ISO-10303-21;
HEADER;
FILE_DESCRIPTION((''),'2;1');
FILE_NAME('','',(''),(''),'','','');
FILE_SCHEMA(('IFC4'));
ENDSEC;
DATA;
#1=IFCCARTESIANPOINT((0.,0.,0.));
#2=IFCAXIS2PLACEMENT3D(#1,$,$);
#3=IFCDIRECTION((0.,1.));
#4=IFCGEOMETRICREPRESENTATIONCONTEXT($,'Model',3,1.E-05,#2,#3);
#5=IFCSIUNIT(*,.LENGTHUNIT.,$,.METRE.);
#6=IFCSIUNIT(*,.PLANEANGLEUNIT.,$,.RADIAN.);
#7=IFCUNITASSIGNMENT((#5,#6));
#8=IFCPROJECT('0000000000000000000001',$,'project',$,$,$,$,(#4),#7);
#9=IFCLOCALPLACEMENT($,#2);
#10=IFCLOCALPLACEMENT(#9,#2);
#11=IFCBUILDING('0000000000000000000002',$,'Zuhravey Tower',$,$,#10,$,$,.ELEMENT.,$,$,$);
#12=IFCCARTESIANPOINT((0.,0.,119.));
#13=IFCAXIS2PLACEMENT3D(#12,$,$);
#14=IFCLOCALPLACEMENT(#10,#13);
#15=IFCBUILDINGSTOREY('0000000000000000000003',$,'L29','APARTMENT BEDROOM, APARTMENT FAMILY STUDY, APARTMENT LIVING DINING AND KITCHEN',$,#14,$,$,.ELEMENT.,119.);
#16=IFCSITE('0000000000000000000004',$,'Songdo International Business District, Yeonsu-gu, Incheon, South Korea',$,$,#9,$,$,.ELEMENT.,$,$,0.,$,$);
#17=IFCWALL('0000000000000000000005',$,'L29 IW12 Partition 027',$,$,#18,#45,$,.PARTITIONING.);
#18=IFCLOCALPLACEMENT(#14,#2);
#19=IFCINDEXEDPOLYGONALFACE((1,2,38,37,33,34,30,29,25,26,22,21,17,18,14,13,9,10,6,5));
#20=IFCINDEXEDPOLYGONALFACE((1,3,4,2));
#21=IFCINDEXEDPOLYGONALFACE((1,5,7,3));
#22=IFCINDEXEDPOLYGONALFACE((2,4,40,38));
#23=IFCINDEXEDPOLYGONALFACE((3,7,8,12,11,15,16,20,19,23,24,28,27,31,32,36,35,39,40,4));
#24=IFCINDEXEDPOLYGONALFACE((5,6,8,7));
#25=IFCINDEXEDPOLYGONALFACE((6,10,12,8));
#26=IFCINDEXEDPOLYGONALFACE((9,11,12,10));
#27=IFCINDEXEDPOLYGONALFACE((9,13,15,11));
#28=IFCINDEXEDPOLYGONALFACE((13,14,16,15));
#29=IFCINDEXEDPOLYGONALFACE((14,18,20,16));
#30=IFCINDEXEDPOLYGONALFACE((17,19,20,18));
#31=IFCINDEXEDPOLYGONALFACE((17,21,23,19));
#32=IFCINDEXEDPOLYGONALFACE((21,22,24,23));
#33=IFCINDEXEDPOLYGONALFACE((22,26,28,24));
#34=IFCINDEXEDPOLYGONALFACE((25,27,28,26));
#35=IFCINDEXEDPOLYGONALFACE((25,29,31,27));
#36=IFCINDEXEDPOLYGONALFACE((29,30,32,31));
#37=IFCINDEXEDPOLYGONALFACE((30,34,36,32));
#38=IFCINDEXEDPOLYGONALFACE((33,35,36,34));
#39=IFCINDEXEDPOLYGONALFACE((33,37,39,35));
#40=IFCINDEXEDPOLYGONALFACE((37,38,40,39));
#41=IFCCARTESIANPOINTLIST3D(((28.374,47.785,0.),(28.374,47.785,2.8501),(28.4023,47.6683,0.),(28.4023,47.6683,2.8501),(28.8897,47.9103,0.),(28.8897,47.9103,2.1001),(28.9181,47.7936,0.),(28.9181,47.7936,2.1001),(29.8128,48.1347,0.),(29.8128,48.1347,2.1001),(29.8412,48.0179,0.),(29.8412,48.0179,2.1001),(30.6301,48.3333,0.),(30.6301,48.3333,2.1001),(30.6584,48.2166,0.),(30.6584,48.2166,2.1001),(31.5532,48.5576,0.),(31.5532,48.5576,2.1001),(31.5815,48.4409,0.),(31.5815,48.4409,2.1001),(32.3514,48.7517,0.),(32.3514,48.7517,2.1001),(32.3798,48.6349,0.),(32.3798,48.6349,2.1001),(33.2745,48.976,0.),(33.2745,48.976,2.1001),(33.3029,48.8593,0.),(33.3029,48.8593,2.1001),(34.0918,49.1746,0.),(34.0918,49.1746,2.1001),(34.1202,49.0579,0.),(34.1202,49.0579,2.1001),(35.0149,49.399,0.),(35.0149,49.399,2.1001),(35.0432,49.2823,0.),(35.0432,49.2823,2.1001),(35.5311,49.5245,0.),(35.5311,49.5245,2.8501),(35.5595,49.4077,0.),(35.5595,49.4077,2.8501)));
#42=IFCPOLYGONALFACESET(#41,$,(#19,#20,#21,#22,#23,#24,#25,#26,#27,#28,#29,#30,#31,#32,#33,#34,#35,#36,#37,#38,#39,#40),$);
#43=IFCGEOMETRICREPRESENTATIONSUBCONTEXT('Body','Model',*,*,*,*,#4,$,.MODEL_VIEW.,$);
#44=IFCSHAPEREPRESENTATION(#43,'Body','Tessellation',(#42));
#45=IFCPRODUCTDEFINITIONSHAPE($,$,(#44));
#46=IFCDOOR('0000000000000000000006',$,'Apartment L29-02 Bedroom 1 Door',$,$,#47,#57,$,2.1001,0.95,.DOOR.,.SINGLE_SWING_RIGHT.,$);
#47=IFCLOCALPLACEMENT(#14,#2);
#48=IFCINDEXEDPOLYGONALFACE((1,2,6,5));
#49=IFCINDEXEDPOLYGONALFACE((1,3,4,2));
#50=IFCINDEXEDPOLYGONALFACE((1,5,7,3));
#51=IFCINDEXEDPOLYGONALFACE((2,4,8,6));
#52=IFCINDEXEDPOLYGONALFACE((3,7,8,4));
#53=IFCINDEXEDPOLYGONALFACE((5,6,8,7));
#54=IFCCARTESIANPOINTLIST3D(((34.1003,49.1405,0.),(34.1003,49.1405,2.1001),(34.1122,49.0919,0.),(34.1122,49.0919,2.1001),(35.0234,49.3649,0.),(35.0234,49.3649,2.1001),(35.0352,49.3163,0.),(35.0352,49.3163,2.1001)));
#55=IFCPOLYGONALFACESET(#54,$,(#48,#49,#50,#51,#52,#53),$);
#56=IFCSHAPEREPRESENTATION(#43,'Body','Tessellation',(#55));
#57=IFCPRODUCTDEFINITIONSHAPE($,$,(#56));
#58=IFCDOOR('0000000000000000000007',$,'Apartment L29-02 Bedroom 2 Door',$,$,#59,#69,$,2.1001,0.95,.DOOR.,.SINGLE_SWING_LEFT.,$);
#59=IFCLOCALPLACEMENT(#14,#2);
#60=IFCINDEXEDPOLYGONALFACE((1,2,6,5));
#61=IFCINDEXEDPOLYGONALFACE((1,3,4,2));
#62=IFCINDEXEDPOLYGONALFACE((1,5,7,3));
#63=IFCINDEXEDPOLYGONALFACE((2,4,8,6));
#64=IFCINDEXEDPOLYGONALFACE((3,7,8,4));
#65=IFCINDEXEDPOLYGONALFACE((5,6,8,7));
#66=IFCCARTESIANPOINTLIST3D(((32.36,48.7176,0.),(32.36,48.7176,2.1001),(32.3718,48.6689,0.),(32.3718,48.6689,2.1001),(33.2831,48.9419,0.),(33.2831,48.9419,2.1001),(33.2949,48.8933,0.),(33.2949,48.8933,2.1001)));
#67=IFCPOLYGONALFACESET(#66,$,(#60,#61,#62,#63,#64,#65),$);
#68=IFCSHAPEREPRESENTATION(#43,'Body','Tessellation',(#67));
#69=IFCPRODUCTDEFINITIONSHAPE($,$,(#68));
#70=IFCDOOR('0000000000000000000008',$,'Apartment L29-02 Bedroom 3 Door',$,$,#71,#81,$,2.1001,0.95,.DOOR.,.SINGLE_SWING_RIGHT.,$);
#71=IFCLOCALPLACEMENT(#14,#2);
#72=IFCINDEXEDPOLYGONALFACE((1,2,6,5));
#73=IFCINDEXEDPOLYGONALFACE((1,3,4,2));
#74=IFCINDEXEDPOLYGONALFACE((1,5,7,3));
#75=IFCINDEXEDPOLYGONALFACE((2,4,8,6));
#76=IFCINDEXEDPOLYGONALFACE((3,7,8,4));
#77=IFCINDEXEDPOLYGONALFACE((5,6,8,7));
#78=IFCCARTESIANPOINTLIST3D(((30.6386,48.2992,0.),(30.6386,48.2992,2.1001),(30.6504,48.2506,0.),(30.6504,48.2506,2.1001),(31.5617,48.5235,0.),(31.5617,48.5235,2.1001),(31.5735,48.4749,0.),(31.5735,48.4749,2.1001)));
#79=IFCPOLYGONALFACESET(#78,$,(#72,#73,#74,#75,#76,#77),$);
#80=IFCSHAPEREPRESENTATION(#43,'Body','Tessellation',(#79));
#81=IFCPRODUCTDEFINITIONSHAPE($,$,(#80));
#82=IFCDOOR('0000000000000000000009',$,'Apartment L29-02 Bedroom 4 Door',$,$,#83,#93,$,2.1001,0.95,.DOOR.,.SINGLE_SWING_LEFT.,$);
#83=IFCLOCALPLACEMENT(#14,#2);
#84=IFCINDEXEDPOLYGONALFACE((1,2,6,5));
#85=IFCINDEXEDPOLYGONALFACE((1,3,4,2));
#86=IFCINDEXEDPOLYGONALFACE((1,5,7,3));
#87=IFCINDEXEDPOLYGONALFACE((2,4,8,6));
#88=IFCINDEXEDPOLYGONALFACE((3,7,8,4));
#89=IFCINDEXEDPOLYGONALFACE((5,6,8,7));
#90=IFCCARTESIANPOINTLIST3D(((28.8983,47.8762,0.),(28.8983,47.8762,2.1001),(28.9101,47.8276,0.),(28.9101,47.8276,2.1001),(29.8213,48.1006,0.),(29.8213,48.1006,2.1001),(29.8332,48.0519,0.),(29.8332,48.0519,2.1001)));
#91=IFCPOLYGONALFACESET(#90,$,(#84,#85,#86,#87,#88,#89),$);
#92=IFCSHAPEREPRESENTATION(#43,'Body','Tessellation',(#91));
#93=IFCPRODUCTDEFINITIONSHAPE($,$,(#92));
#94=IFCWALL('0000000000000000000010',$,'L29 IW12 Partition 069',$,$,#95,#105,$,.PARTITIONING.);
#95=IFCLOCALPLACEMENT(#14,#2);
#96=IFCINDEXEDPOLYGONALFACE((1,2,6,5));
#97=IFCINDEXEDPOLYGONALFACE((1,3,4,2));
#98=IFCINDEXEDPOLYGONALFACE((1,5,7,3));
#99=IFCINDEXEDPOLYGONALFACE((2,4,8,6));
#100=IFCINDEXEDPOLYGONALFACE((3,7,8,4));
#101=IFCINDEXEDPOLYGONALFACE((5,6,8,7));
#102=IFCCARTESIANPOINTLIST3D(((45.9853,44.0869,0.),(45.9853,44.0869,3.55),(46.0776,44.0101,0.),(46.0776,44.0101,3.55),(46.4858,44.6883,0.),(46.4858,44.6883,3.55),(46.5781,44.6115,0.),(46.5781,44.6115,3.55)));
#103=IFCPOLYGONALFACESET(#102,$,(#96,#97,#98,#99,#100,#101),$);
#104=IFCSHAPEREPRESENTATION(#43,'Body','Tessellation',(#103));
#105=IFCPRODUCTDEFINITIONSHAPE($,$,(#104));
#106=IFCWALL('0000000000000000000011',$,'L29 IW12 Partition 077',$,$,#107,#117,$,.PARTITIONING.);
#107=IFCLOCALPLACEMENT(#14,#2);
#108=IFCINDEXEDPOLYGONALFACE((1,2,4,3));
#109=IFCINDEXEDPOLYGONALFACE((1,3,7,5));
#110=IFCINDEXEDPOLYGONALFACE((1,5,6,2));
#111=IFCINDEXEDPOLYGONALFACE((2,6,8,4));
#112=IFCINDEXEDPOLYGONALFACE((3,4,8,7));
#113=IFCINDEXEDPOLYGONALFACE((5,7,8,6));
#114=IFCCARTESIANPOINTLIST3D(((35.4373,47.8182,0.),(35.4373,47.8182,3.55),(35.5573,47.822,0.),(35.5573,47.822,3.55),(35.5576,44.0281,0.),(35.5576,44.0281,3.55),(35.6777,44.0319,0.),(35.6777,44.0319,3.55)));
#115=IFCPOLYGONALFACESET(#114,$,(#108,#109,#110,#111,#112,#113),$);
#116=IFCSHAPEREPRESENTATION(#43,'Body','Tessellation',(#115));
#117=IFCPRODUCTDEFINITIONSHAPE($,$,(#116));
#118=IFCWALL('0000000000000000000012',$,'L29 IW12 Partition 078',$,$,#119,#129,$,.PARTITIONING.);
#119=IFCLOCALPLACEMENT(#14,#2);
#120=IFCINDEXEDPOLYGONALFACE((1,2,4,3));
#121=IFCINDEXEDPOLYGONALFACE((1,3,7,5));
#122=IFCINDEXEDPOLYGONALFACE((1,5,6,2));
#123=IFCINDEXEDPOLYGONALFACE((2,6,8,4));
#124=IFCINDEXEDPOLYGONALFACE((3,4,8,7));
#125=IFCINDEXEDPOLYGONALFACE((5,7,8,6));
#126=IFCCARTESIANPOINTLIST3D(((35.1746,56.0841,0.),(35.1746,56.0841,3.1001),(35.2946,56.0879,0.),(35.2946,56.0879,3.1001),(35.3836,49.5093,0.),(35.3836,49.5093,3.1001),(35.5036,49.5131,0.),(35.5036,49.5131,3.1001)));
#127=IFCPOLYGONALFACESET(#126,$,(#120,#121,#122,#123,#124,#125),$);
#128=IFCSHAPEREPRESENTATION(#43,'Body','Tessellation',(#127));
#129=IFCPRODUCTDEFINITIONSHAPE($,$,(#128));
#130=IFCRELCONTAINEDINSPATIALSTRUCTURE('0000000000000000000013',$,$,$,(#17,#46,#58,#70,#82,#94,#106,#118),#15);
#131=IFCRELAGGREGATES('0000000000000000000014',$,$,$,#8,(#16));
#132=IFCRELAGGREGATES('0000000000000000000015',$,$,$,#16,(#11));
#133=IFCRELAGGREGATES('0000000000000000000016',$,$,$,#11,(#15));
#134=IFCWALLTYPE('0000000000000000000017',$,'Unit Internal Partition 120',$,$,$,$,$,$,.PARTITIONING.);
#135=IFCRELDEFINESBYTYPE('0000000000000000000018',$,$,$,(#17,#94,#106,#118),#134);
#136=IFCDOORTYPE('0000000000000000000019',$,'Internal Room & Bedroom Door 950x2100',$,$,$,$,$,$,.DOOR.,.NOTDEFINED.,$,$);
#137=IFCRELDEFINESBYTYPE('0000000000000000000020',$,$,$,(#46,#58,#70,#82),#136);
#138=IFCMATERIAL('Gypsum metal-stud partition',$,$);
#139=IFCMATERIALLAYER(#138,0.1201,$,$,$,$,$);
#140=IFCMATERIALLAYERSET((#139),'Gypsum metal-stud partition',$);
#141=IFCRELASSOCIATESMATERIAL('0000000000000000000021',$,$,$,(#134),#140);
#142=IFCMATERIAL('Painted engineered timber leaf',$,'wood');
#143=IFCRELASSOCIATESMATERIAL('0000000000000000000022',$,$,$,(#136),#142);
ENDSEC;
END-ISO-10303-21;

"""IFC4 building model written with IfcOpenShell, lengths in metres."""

from ifc_helpers import new_model, si_unit, direction, frame, frame_2d, origin, place, context, subcontext, project, spatial, rectangle, extrude, material, layer, layer_set, type_object, element, fill, save


model = new_model("IFC4")

# Units and contexts
model_context = context("Model", 3, precision=1e-05, world=origin(), true_north=direction((0.0, 1.0)))
body_context = subcontext(model_context, "Body", "Model", "MODEL_VIEW")
ifc_project = project(units=[si_unit("LENGTHUNIT", "METRE"), si_unit("PLANEANGLEUNIT", "RADIAN")], contexts=[model_context])

# Site, building, storey
site_placement = place(None, origin())
site = spatial("IfcSite", under=ifc_project, at=site_placement, Name="Songdo International Business District, Yeonsu-gu, Incheon, South Korea", CompositionType="ELEMENT", RefElevation=0.0)
building_placement = place(site_placement, origin())
building = spatial("IfcBuilding", under=site, at=building_placement, Name="Zuhravey Tower", CompositionType="ELEMENT")
storey_placement = place(building_placement, frame((0.0, 0.0, 119.0)))
storey = spatial("IfcBuildingStorey", under=building, at=storey_placement, Name="L29", Description="APARTMENT BEDROOM, APARTMENT FAMILY STUDY, APARTMENT LIVING DINING AND KITCHEN", CompositionType="ELEMENT", Elevation=119.0)

# Shared definitions
ifc_material_1 = material(Name="Gypsum metal-stud partition")
ifc_layer_1 = layer(ifc_material_1, 0.1201)
ifc_layer_set_1 = layer_set([ifc_layer_1], Name="Gypsum metal-stud partition")
wall_type_1 = type_object("IfcWallType", Name="Unit Internal Partition 120", PredefinedType="PARTITIONING", material=ifc_layer_set_1)
ifc_material_2 = material(Name="Painted engineered timber leaf", Category="wood")
door_type_1 = type_object("IfcDoorType", Name="Internal Room & Bedroom Door 950x2100", OperationType="NOTDEFINED", PredefinedType="DOOR", material=ifc_material_2)

# Wall, openings, doors
wall_1_placement = place(storey_placement, frame((35.5452, 49.4661, 0.0), z_axis=(0.0, 0.0, 1.0), x_axis=(-0.971713, -0.236166, 0.0)))
wall_1 = element("IfcWall", 1, at=wall_1_placement, inside=storey, type_object=wall_type_1, Name="L29 IW12 Partition 027", PredefinedType="PARTITIONING", context=body_context, shape_type="SweptSolid", body=[
    extrude(rectangle(XDim=7.3655, YDim=0.1201, at=frame_2d((3.6826, 0.0))), origin(), (0.0, 0.0, 1.0), 2.8501),
])
opening_1_placement = place(wall_1_placement, frame((0.531, 0.0, 0.0)))
opening_1 = element("IfcOpeningElement", 2, at=opening_1_placement, cuts=wall_1, PredefinedType="OPENING", context=body_context, shape_type="SweptSolid", body=[
    extrude(rectangle(XDim=0.95, YDim=2.1001, at=frame_2d((0.4751, 1.05))), frame((0.0, 0.072, 0.0), z_axis=(0.0, -1.0, 0.0), x_axis=(1.0, 0.0, 0.0)), (0.0, 0.0, 1.0), 0.144),
])
opening_2_placement = place(wall_1_placement, frame((2.322, 0.0, 0.0)))
opening_2 = element("IfcOpeningElement", 3, at=opening_2_placement, cuts=wall_1, PredefinedType="OPENING", context=body_context, shape_type="SweptSolid", body=[
    extrude(rectangle(XDim=0.95, YDim=2.1001, at=frame_2d((0.4751, 1.05))), frame((0.0, 0.072, 0.0), z_axis=(0.0, -1.0, 0.0), x_axis=(1.0, 0.0, 0.0)), (0.0, 0.0, 1.0), 0.144),
])
opening_3_placement = place(wall_1_placement, frame((4.0935, 0.0, 0.0)))
opening_3 = element("IfcOpeningElement", 4, at=opening_3_placement, cuts=wall_1, PredefinedType="OPENING", context=body_context, shape_type="SweptSolid", body=[
    extrude(rectangle(XDim=0.95, YDim=2.1001, at=frame_2d((0.4751, 1.05))), frame((0.0, 0.072, 0.0), z_axis=(0.0, -1.0, 0.0), x_axis=(1.0, 0.0, 0.0)), (0.0, 0.0, 1.0), 0.144),
])
opening_4_placement = place(wall_1_placement, frame((5.8845, 0.0, 0.0)))
opening_4 = element("IfcOpeningElement", 5, at=opening_4_placement, cuts=wall_1, PredefinedType="OPENING", context=body_context, shape_type="SweptSolid", body=[
    extrude(rectangle(XDim=0.95, YDim=2.1001, at=frame_2d((0.4751, 1.05))), frame((0.0, 0.072, 0.0), z_axis=(0.0, -1.0, 0.0), x_axis=(1.0, 0.0, 0.0)), (0.0, 0.0, 1.0), 0.144),
])
door_1_placement = place(opening_1_placement, frame((0.95, 0.0, 0.0), z_axis=(0.0, 0.0, 1.0), x_axis=(-1.0, 0.0, 0.0)))
door_1 = element("IfcDoor", 6, at=door_1_placement, inside=storey, type_object=door_type_1, Name="Apartment L29-02 Bedroom 1 Door", OperationType="SINGLE_SWING_RIGHT", OverallHeight=2.1001, OverallWidth=0.95, PredefinedType="DOOR", context=body_context, shape_type="SweptSolid", body=[
    extrude(rectangle(XDim=0.95, YDim=2.1001, at=frame_2d((0.4751, 1.05))), frame((0.0, 0.0249, 0.0), z_axis=(0.0, -1.0, 0.0), x_axis=(1.0, 0.0, 0.0)), (0.0, 0.0, 1.0), 0.05),
])
fill(opening_1, door_1)
door_2_placement = place(opening_2_placement, frame((0.95, 0.0, 0.0), z_axis=(0.0, 0.0, 1.0), x_axis=(-1.0, 0.0, 0.0)))
door_2 = element("IfcDoor", 7, at=door_2_placement, inside=storey, type_object=door_type_1, Name="Apartment L29-02 Bedroom 2 Door", OperationType="SINGLE_SWING_LEFT", OverallHeight=2.1001, OverallWidth=0.95, PredefinedType="DOOR", context=body_context, shape_type="SweptSolid", body=[
    extrude(rectangle(XDim=0.95, YDim=2.1001, at=frame_2d((0.4751, 1.05))), frame((0.0, 0.0249, 0.0), z_axis=(0.0, -1.0, 0.0), x_axis=(1.0, 0.0, 0.0)), (0.0, 0.0, 1.0), 0.05),
])
fill(opening_2, door_2)
door_3_placement = place(opening_3_placement, frame((0.95, 0.0, 0.0), z_axis=(0.0, 0.0, 1.0), x_axis=(-1.0, 0.0, 0.0)))
door_3 = element("IfcDoor", 8, at=door_3_placement, inside=storey, type_object=door_type_1, Name="Apartment L29-02 Bedroom 3 Door", OperationType="SINGLE_SWING_RIGHT", OverallHeight=2.1001, OverallWidth=0.95, PredefinedType="DOOR", context=body_context, shape_type="SweptSolid", body=[
    extrude(rectangle(XDim=0.95, YDim=2.1001, at=frame_2d((0.4751, 1.05))), frame((0.0, 0.0249, 0.0), z_axis=(0.0, -1.0, 0.0), x_axis=(1.0, 0.0, 0.0)), (0.0, 0.0, 1.0), 0.05),
])
fill(opening_3, door_3)
door_4_placement = place(opening_4_placement, frame((0.95, 0.0, 0.0), z_axis=(0.0, 0.0, 1.0), x_axis=(-1.0, 0.0, 0.0)))
door_4 = element("IfcDoor", 9, at=door_4_placement, inside=storey, type_object=door_type_1, Name="Apartment L29-02 Bedroom 4 Door", OperationType="SINGLE_SWING_LEFT", OverallHeight=2.1001, OverallWidth=0.95, PredefinedType="DOOR", context=body_context, shape_type="SweptSolid", body=[
    extrude(rectangle(XDim=0.95, YDim=2.1001, at=frame_2d((0.4751, 1.05))), frame((0.0, 0.0249, 0.0), z_axis=(0.0, -1.0, 0.0), x_axis=(1.0, 0.0, 0.0)), (0.0, 0.0, 1.0), 0.05),
])
fill(opening_4, door_4)

# Walls
wall_2_placement = place(storey_placement, frame((46.0315, 44.0486, 0.0), z_axis=(0.0, 0.0, 1.0), x_axis=(0.639724, 0.768605, 0.0)))
element("IfcWall", 10, at=wall_2_placement, inside=storey, type_object=wall_type_1, Name="L29 IW12 Partition 069", PredefinedType="PARTITIONING", context=body_context, shape_type="SweptSolid", body=[
    extrude(rectangle(XDim=0.7825, YDim=0.1201, at=frame_2d((0.3911, 0.0))), origin(), (0.0, 0.0, 1.0), 3.55),
])
wall_3_placement = place(storey_placement, frame((35.6177, 44.03, 0.0), z_axis=(0.0, 0.0, 1.0), x_axis=(-0.031741, 0.999496, 0.0)))
element("IfcWall", 11, at=wall_3_placement, inside=storey, type_object=wall_type_1, Name="L29 IW12 Partition 077", PredefinedType="PARTITIONING", context=body_context, shape_type="SweptSolid", body=[
    extrude(rectangle(XDim=3.792, YDim=0.1201, at=frame_2d((1.896, 0.0))), origin(), (0.0, 0.0, 1.0), 3.55),
])
wall_4_placement = place(storey_placement, frame((35.4436, 49.5112, 0.0), z_axis=(0.0, 0.0, 1.0), x_axis=(-0.03177, 0.999495, 0.0)))
element("IfcWall", 12, at=wall_4_placement, inside=storey, type_object=wall_type_1, Name="L29 IW12 Partition 078", PredefinedType="PARTITIONING", context=body_context, shape_type="SweptSolid", body=[
    extrude(rectangle(XDim=6.5781, YDim=0.1201, at=frame_2d((3.2891, 0.0))), origin(), (0.0, 0.0, 1.0), 3.1001),
])

save(model, "model.ifc")
